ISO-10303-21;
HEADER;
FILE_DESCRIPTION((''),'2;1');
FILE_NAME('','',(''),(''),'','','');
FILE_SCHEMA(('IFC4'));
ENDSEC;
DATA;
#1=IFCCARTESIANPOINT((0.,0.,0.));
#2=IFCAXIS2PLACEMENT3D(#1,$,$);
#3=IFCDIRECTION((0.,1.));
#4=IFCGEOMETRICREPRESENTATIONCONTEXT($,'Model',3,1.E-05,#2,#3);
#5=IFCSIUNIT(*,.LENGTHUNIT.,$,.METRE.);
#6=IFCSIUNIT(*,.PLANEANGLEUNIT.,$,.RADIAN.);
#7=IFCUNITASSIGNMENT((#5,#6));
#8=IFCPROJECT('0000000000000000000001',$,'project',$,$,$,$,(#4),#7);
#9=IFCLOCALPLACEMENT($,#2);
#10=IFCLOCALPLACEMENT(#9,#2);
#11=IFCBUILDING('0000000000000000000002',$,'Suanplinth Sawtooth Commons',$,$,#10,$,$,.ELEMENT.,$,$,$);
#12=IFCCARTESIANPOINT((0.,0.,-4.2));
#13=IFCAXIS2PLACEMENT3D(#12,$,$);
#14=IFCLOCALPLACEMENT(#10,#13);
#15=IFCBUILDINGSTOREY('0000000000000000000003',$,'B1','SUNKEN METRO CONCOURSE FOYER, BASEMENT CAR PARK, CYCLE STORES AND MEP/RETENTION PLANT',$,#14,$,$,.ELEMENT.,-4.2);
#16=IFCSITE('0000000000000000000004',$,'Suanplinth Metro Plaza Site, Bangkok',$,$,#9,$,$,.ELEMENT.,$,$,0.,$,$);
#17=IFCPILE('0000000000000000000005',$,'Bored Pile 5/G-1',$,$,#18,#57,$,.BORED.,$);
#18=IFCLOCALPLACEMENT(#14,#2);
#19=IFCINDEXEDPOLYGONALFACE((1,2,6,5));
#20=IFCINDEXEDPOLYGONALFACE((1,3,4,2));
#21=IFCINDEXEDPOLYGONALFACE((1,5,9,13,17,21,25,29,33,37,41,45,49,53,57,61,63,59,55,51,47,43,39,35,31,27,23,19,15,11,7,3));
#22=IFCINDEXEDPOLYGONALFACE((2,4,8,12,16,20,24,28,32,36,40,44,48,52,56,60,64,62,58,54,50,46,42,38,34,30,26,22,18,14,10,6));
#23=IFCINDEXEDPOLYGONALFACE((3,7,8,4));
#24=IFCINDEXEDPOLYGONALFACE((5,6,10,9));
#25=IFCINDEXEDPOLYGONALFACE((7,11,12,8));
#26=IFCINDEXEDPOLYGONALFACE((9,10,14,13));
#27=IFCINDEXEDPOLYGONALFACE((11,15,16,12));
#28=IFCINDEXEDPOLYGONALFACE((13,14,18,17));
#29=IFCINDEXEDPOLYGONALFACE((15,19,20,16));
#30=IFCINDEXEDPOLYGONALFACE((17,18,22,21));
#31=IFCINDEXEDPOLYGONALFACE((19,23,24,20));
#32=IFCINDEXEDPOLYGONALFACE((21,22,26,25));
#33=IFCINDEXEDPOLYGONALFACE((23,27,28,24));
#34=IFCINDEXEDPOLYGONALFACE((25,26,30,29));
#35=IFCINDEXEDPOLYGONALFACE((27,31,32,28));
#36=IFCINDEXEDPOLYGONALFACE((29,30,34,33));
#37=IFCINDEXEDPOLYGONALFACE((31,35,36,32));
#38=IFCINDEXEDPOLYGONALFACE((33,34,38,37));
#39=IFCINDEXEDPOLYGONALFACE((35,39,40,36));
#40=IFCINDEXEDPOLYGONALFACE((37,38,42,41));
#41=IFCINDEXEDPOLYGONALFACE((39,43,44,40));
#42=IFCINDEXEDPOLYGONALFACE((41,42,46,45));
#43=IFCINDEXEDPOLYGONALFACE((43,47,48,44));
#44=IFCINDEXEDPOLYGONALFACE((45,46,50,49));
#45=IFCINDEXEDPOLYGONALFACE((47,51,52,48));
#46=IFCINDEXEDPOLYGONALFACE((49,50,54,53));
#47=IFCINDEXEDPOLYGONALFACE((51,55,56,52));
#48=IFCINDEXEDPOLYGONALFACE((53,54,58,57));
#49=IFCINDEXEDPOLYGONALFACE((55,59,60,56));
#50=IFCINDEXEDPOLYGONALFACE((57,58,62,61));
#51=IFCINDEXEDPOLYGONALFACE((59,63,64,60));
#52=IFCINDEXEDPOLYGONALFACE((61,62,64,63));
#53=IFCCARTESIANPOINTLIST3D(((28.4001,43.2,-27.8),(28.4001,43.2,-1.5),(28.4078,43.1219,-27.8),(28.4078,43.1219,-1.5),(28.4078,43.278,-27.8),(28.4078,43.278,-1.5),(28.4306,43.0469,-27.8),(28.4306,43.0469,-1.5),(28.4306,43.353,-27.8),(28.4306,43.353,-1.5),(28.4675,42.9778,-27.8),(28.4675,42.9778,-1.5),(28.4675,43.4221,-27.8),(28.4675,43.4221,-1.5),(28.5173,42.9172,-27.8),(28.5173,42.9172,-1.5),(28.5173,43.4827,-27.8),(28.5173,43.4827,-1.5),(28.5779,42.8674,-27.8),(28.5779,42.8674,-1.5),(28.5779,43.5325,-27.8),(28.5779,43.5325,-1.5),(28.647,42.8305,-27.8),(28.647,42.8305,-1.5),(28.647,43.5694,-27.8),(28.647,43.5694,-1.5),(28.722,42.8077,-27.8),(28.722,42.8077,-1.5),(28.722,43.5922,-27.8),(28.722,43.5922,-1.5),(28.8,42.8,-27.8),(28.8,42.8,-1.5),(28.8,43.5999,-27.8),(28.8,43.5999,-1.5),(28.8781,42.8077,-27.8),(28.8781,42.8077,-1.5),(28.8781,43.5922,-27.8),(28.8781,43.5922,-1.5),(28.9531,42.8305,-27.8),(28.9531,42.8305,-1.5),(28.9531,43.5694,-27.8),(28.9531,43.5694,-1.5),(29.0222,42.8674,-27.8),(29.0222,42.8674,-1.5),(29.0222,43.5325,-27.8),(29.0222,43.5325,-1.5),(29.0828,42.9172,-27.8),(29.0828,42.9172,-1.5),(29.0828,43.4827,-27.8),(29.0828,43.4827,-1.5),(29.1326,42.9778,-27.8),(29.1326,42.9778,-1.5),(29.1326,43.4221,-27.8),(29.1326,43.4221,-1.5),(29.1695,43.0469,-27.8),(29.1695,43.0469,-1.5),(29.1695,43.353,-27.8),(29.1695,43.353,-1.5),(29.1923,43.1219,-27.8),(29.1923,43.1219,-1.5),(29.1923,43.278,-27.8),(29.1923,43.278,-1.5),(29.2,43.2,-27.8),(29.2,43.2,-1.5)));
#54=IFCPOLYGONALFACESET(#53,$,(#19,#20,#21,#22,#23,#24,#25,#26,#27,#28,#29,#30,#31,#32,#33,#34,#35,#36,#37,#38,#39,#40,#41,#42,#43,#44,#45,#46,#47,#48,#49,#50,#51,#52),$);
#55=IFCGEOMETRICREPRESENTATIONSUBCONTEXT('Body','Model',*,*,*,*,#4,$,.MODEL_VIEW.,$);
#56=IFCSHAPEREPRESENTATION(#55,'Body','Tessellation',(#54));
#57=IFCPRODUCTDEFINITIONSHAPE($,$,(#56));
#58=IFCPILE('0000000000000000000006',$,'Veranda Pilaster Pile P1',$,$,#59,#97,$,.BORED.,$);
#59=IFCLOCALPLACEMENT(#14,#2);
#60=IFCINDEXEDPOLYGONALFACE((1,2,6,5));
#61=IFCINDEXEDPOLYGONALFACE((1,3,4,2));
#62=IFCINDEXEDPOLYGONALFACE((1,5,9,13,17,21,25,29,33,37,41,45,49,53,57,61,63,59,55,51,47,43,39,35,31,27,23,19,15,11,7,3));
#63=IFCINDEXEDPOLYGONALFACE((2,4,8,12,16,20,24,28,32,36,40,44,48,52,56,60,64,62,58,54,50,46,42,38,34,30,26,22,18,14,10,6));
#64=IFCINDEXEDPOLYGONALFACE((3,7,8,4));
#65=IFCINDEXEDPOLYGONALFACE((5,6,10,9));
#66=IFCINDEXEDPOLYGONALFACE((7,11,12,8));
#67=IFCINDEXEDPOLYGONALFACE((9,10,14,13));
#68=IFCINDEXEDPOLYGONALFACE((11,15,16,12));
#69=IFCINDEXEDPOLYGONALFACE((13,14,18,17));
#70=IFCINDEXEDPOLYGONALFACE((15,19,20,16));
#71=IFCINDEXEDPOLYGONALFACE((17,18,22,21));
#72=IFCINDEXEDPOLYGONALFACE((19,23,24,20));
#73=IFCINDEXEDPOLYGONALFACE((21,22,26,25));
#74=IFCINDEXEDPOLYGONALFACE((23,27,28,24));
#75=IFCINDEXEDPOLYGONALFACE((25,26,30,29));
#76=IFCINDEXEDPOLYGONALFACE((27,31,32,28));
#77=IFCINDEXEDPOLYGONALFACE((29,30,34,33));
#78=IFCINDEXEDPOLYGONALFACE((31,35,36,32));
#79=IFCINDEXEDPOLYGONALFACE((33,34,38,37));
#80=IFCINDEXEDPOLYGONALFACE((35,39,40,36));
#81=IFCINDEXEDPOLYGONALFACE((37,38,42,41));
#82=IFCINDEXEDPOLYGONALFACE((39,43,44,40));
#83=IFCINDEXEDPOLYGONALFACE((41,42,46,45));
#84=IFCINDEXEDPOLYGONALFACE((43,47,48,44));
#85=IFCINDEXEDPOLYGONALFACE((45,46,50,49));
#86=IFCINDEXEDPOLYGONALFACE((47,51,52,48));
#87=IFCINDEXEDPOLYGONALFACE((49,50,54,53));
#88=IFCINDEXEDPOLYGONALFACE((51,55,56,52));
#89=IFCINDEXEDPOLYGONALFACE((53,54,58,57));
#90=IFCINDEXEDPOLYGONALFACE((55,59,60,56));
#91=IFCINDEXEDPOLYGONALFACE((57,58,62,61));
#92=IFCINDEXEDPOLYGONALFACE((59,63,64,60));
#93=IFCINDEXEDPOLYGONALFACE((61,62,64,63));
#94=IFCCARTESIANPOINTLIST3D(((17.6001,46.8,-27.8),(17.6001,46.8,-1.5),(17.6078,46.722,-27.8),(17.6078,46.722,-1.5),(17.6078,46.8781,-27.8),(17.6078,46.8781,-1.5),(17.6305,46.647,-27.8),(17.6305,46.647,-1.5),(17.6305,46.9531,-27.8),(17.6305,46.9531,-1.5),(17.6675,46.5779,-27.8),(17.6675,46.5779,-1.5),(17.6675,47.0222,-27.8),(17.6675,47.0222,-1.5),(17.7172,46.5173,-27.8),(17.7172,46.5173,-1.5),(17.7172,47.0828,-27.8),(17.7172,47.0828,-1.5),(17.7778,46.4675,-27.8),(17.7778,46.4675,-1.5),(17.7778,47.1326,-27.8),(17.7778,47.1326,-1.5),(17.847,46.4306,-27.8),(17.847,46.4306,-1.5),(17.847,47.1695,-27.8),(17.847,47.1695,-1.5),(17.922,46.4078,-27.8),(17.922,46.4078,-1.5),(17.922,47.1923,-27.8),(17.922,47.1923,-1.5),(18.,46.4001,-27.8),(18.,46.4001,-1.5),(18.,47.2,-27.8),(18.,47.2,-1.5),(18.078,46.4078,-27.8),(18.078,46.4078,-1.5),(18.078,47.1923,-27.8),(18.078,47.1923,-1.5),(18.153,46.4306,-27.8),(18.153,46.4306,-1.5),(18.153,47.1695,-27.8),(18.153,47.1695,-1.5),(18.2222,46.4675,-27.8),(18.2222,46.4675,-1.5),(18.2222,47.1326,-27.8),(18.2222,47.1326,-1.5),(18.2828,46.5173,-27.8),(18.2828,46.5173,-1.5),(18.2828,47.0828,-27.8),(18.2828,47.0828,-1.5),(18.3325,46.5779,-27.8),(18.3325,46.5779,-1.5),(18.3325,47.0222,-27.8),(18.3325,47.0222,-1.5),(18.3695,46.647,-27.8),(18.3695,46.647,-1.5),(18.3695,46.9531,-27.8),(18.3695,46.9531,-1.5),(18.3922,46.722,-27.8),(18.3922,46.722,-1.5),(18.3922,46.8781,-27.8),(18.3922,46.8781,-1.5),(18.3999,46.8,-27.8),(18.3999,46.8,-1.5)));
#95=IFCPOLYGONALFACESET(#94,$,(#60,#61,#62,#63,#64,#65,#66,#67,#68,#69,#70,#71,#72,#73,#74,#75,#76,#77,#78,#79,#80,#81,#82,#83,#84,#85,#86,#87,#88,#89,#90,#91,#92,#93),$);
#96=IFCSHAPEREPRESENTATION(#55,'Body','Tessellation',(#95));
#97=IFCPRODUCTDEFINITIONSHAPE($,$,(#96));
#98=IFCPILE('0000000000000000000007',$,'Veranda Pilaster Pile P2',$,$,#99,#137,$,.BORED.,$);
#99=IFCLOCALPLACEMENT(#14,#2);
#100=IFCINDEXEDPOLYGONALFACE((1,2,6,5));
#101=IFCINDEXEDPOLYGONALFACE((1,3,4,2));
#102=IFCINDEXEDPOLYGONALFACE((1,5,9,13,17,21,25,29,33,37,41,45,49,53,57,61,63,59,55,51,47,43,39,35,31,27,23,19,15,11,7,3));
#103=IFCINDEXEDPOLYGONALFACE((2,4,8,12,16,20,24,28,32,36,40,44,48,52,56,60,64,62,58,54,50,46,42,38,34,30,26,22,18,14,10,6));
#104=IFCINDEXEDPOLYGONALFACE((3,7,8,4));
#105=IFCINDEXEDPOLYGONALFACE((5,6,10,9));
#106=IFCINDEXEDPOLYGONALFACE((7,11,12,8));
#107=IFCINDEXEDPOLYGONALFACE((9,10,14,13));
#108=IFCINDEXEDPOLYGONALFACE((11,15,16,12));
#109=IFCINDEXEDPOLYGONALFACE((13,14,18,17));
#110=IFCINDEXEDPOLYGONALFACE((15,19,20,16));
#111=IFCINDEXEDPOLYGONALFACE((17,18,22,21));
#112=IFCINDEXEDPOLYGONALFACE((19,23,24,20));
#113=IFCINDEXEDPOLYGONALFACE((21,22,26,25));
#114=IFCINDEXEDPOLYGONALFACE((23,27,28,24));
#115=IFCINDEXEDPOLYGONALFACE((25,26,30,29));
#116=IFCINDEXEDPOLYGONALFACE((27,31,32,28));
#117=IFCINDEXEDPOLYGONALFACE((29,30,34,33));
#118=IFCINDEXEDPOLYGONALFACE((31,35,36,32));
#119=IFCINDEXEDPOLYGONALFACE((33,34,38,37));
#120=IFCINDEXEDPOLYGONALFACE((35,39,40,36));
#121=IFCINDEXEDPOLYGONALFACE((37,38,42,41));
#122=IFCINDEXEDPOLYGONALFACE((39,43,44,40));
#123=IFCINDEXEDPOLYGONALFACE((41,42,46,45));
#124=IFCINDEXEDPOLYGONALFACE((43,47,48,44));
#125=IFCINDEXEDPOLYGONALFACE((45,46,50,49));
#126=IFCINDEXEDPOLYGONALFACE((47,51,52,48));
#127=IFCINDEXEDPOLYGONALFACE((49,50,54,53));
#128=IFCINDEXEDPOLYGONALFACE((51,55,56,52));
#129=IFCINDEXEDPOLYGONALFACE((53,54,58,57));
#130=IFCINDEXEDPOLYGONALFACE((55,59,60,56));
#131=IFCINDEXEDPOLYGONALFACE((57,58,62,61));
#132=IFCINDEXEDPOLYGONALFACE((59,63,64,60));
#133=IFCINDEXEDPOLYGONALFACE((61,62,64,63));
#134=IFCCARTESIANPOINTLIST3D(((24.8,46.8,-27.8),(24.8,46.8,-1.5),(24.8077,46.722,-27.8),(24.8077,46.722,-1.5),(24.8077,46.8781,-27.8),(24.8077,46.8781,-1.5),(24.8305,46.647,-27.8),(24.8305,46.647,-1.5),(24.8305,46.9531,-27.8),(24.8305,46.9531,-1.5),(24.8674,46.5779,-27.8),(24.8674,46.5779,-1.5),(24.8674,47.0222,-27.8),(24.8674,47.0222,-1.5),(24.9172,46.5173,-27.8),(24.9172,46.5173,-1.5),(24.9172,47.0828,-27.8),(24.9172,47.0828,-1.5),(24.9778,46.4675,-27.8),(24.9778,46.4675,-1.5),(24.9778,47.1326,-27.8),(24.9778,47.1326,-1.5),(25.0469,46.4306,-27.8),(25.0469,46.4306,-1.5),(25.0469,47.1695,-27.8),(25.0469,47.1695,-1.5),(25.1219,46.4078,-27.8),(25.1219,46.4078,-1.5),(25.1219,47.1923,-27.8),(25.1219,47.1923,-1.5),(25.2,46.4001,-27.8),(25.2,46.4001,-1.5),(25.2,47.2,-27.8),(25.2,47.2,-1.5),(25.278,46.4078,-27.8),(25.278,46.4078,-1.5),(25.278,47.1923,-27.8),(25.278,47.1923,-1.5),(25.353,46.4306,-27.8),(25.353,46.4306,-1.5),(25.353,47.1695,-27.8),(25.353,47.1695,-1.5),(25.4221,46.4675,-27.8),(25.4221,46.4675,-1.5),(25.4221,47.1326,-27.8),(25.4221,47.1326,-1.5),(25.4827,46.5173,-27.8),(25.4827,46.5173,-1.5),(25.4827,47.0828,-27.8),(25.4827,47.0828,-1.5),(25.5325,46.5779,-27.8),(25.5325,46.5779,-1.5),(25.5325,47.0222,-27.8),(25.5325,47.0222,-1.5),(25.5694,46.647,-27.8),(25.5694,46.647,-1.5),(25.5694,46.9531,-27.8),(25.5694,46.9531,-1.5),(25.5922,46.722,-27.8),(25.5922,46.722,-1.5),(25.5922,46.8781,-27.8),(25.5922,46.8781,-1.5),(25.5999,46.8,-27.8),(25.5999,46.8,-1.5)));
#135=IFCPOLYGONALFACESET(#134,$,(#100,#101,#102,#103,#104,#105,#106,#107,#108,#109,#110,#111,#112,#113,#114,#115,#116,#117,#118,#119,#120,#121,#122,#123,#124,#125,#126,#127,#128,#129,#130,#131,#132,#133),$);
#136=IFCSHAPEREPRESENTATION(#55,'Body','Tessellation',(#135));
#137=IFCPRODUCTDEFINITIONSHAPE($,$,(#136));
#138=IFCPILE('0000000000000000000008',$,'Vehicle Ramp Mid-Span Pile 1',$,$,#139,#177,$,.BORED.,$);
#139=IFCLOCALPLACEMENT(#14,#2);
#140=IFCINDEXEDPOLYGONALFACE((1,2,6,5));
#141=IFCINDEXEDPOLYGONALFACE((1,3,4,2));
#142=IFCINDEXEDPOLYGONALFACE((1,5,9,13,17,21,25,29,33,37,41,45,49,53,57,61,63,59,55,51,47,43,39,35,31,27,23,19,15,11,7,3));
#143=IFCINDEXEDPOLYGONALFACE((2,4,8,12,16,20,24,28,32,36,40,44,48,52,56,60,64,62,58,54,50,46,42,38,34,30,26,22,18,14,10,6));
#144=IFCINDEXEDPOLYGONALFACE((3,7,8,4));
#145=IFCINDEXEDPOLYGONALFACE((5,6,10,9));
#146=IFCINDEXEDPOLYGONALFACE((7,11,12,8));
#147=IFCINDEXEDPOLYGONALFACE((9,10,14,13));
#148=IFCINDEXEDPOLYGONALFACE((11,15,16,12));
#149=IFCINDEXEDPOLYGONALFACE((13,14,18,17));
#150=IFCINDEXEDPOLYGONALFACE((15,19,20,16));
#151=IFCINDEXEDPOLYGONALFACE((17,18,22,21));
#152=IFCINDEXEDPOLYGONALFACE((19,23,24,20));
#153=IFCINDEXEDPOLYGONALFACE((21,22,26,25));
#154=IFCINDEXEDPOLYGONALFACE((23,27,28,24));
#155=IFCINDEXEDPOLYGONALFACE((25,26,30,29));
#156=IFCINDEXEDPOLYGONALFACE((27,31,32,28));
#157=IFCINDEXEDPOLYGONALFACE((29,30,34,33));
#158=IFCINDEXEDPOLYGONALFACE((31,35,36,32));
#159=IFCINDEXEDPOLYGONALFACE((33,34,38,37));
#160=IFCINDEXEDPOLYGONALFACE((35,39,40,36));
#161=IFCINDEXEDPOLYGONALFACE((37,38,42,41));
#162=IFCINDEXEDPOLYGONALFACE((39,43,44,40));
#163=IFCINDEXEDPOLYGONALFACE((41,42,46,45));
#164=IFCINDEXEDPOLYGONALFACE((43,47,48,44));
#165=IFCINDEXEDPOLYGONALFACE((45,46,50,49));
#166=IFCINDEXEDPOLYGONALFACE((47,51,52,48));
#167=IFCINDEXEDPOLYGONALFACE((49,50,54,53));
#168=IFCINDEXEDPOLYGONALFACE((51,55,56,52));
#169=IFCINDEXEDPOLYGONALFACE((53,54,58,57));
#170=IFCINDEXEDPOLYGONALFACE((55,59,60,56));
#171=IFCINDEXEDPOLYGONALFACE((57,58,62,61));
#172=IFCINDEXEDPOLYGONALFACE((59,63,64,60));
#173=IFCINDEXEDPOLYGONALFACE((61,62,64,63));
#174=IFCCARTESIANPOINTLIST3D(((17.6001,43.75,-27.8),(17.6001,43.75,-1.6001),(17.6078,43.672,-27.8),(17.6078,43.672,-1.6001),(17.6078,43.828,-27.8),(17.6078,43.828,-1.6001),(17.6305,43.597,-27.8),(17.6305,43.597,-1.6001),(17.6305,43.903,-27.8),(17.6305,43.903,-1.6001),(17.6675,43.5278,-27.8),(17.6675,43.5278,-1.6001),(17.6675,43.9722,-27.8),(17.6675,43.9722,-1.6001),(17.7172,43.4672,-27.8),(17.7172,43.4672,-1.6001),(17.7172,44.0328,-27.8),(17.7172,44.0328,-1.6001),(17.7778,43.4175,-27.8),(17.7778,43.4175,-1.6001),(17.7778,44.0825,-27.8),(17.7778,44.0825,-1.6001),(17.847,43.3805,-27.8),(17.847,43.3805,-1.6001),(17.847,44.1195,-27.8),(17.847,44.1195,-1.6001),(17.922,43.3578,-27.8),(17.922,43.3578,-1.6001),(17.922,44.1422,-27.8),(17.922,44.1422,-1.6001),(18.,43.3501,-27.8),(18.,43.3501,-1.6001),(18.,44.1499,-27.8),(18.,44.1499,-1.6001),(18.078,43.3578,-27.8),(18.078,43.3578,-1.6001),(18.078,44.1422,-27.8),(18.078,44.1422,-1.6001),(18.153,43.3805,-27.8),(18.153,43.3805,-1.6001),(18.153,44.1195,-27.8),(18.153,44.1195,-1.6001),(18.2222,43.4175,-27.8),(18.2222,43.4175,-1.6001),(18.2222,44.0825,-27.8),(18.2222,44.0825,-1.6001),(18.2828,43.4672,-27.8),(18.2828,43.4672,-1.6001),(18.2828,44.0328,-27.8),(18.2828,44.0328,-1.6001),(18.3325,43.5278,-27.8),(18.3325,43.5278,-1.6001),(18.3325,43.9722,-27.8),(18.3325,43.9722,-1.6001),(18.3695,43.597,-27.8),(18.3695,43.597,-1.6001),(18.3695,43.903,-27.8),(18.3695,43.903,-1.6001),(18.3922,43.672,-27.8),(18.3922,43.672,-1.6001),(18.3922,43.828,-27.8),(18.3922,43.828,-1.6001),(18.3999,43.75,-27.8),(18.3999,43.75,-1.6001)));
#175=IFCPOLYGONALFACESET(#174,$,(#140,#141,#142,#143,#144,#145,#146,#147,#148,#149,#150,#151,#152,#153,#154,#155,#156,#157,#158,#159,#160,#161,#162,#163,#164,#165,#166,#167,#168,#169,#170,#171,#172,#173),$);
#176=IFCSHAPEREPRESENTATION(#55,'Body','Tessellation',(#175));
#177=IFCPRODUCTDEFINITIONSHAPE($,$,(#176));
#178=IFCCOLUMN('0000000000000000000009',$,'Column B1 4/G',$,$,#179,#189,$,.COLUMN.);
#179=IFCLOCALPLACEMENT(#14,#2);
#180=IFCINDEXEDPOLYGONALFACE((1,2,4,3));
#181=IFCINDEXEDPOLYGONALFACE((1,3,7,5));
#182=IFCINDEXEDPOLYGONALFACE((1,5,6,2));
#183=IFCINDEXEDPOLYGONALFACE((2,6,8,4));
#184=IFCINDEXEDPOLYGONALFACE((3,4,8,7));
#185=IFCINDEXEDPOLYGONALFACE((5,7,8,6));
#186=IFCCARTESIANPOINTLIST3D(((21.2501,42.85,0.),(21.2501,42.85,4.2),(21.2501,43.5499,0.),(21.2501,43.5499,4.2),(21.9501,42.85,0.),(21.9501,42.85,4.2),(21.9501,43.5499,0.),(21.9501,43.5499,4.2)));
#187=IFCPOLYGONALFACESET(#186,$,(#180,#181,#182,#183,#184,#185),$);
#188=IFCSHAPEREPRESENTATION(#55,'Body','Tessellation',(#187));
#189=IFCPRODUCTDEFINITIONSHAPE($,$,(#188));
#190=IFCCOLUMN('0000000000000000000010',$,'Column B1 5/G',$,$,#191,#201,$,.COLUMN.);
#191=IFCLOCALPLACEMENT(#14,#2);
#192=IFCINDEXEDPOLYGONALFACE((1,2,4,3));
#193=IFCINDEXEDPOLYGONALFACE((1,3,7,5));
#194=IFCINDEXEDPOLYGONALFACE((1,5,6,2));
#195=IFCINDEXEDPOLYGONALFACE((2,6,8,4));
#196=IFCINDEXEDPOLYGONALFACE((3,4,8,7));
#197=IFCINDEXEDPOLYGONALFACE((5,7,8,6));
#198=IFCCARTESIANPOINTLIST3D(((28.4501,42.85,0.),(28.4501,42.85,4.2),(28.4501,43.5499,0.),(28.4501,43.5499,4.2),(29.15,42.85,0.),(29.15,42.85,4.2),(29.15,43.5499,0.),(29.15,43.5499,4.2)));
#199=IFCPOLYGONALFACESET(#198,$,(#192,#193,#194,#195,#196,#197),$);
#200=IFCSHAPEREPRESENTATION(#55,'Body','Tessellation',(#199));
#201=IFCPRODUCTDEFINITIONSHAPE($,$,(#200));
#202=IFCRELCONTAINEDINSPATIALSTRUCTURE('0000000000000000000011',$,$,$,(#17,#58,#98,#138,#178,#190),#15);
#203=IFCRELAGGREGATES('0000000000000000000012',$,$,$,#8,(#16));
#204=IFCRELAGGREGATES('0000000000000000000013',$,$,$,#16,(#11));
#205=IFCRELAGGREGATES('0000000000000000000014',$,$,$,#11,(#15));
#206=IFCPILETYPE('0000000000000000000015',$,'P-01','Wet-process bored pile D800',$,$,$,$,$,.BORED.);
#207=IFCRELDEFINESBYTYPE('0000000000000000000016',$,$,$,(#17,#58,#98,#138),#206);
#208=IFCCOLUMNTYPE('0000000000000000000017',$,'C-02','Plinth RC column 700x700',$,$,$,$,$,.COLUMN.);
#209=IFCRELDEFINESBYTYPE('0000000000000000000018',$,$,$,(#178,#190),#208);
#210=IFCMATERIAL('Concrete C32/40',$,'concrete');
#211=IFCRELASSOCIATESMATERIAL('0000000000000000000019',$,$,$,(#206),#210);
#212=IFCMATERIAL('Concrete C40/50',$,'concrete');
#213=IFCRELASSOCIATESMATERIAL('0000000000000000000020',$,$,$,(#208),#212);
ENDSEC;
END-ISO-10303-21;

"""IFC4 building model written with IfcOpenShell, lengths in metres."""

from ifc_helpers import new_model, si_unit, direction, frame, origin, origin_2d, place, context, subcontext, project, spatial, rectangle, circle, extrude, material, material_profile, profile_set, type_object, element, save


model = new_model("IFC4")

# Units and contexts
model_context = context("Model", 3, precision=1e-05, world=origin(), true_north=direction((0.0, 1.0)))
body_context = subcontext(model_context, "Body", "Model", "MODEL_VIEW")
ifc_project = project(units=[si_unit("LENGTHUNIT", "METRE"), si_unit("PLANEANGLEUNIT", "RADIAN")], contexts=[model_context])

# Site, building, storey
site_placement = place(None, origin())
site = spatial("IfcSite", under=ifc_project, at=site_placement, Name="Suanplinth Metro Plaza Site, Bangkok", CompositionType="ELEMENT", RefElevation=0.0)
building_placement = place(site_placement, origin())
building = spatial("IfcBuilding", under=site, at=building_placement, Name="Suanplinth Sawtooth Commons", CompositionType="ELEMENT")
storey_placement = place(building_placement, frame((0.0, 0.0, -4.2)))
storey = spatial("IfcBuildingStorey", under=building, at=storey_placement, Name="B1", Description="SUNKEN METRO CONCOURSE FOYER, BASEMENT CAR PARK, CYCLE STORES AND MEP/RETENTION PLANT", CompositionType="ELEMENT", Elevation=-4.2)

# Piles
ifc_material_1 = material(Name="Concrete C32/40", Category="concrete")
ifc_material_profile_1 = material_profile(ifc_material_1, circle(Radius=0.3999, at=origin_2d()), Name="PILE D800")
ifc_profile_set_1 = profile_set([ifc_material_profile_1], Name="Concrete C32/40")
pile_type = type_object("IfcPileType", Name="P-01", Description="Wet-process bored pile D800", PredefinedType="BORED", material=ifc_profile_set_1)
for number, where, z_axis, x_axis, name in (
    (1, (28.8, 43.2, -1.5), (0.0, 0.0, -1.0), (1.0, 0.0, 0.0), "Bored Pile 5/G-1"),
    (2, (18.0, 46.8, -1.5), (0.0, 0.0, -1.0), (1.0, 0.0, 0.0), "Veranda Pilaster Pile P1"),
    (3, (25.2, 46.8, -1.5), (0.0, 0.0, -1.0), (1.0, 0.0, 0.0), "Veranda Pilaster Pile P2"),
):
    element("IfcPile", number, at=place(storey_placement, frame(where, z_axis=z_axis, x_axis=x_axis)), inside=storey, type_object=pile_type, Name=name, PredefinedType="BORED", context=body_context, shape_type="SweptSolid", body=[
        extrude(circle(Radius=0.3999, at=origin_2d()), origin(), (0.0, 0.0, 1.0), 26.3),
    ])
pile_1_placement = place(storey_placement, frame((18.0, 43.75, -1.6001), z_axis=(0.0, 0.0, -1.0), x_axis=(1.0, 0.0, 0.0)))
element("IfcPile", 4, at=pile_1_placement, inside=storey, type_object=pile_type, Name="Vehicle Ramp Mid-Span Pile 1", PredefinedType="BORED", context=body_context, shape_type="SweptSolid", body=[
    extrude(circle(Radius=0.3999, at=origin_2d()), origin(), (0.0, 0.0, 1.0), 26.2),
])

# Columns
ifc_material_2 = material(Name="Concrete C40/50", Category="concrete")
ifc_material_profile_2 = material_profile(ifc_material_2, rectangle(XDim=0.7, YDim=0.7, at=origin_2d()), Name="RC-COL 700x700")
ifc_profile_set_2 = profile_set([ifc_material_profile_2], Name="Concrete C40/50")
column_type_1 = type_object("IfcColumnType", Name="C-02", Description="Plinth RC column 700x700", PredefinedType="COLUMN", material=ifc_profile_set_2)
for number, where, z_axis, x_axis, name in (
    (5, (21.6001, 43.2, 0.0), (0.0, 0.0, 1.0), (1.0, 0.0, 0.0), "Column B1 4/G"),
    (6, (28.8, 43.2, 0.0), (0.0, 0.0, 1.0), (1.0, 0.0, 0.0), "Column B1 5/G"),
):
    element("IfcColumn", number, at=place(storey_placement, frame(where, z_axis=z_axis, x_axis=x_axis)), inside=storey, type_object=column_type_1, Name=name, PredefinedType="COLUMN", context=body_context, shape_type="SweptSolid", body=[
        extrude(rectangle(XDim=0.7, YDim=0.7, at=origin_2d()), origin(), (0.0, 0.0, 1.0), 4.2),
    ])

save(model, "model.ifc")
